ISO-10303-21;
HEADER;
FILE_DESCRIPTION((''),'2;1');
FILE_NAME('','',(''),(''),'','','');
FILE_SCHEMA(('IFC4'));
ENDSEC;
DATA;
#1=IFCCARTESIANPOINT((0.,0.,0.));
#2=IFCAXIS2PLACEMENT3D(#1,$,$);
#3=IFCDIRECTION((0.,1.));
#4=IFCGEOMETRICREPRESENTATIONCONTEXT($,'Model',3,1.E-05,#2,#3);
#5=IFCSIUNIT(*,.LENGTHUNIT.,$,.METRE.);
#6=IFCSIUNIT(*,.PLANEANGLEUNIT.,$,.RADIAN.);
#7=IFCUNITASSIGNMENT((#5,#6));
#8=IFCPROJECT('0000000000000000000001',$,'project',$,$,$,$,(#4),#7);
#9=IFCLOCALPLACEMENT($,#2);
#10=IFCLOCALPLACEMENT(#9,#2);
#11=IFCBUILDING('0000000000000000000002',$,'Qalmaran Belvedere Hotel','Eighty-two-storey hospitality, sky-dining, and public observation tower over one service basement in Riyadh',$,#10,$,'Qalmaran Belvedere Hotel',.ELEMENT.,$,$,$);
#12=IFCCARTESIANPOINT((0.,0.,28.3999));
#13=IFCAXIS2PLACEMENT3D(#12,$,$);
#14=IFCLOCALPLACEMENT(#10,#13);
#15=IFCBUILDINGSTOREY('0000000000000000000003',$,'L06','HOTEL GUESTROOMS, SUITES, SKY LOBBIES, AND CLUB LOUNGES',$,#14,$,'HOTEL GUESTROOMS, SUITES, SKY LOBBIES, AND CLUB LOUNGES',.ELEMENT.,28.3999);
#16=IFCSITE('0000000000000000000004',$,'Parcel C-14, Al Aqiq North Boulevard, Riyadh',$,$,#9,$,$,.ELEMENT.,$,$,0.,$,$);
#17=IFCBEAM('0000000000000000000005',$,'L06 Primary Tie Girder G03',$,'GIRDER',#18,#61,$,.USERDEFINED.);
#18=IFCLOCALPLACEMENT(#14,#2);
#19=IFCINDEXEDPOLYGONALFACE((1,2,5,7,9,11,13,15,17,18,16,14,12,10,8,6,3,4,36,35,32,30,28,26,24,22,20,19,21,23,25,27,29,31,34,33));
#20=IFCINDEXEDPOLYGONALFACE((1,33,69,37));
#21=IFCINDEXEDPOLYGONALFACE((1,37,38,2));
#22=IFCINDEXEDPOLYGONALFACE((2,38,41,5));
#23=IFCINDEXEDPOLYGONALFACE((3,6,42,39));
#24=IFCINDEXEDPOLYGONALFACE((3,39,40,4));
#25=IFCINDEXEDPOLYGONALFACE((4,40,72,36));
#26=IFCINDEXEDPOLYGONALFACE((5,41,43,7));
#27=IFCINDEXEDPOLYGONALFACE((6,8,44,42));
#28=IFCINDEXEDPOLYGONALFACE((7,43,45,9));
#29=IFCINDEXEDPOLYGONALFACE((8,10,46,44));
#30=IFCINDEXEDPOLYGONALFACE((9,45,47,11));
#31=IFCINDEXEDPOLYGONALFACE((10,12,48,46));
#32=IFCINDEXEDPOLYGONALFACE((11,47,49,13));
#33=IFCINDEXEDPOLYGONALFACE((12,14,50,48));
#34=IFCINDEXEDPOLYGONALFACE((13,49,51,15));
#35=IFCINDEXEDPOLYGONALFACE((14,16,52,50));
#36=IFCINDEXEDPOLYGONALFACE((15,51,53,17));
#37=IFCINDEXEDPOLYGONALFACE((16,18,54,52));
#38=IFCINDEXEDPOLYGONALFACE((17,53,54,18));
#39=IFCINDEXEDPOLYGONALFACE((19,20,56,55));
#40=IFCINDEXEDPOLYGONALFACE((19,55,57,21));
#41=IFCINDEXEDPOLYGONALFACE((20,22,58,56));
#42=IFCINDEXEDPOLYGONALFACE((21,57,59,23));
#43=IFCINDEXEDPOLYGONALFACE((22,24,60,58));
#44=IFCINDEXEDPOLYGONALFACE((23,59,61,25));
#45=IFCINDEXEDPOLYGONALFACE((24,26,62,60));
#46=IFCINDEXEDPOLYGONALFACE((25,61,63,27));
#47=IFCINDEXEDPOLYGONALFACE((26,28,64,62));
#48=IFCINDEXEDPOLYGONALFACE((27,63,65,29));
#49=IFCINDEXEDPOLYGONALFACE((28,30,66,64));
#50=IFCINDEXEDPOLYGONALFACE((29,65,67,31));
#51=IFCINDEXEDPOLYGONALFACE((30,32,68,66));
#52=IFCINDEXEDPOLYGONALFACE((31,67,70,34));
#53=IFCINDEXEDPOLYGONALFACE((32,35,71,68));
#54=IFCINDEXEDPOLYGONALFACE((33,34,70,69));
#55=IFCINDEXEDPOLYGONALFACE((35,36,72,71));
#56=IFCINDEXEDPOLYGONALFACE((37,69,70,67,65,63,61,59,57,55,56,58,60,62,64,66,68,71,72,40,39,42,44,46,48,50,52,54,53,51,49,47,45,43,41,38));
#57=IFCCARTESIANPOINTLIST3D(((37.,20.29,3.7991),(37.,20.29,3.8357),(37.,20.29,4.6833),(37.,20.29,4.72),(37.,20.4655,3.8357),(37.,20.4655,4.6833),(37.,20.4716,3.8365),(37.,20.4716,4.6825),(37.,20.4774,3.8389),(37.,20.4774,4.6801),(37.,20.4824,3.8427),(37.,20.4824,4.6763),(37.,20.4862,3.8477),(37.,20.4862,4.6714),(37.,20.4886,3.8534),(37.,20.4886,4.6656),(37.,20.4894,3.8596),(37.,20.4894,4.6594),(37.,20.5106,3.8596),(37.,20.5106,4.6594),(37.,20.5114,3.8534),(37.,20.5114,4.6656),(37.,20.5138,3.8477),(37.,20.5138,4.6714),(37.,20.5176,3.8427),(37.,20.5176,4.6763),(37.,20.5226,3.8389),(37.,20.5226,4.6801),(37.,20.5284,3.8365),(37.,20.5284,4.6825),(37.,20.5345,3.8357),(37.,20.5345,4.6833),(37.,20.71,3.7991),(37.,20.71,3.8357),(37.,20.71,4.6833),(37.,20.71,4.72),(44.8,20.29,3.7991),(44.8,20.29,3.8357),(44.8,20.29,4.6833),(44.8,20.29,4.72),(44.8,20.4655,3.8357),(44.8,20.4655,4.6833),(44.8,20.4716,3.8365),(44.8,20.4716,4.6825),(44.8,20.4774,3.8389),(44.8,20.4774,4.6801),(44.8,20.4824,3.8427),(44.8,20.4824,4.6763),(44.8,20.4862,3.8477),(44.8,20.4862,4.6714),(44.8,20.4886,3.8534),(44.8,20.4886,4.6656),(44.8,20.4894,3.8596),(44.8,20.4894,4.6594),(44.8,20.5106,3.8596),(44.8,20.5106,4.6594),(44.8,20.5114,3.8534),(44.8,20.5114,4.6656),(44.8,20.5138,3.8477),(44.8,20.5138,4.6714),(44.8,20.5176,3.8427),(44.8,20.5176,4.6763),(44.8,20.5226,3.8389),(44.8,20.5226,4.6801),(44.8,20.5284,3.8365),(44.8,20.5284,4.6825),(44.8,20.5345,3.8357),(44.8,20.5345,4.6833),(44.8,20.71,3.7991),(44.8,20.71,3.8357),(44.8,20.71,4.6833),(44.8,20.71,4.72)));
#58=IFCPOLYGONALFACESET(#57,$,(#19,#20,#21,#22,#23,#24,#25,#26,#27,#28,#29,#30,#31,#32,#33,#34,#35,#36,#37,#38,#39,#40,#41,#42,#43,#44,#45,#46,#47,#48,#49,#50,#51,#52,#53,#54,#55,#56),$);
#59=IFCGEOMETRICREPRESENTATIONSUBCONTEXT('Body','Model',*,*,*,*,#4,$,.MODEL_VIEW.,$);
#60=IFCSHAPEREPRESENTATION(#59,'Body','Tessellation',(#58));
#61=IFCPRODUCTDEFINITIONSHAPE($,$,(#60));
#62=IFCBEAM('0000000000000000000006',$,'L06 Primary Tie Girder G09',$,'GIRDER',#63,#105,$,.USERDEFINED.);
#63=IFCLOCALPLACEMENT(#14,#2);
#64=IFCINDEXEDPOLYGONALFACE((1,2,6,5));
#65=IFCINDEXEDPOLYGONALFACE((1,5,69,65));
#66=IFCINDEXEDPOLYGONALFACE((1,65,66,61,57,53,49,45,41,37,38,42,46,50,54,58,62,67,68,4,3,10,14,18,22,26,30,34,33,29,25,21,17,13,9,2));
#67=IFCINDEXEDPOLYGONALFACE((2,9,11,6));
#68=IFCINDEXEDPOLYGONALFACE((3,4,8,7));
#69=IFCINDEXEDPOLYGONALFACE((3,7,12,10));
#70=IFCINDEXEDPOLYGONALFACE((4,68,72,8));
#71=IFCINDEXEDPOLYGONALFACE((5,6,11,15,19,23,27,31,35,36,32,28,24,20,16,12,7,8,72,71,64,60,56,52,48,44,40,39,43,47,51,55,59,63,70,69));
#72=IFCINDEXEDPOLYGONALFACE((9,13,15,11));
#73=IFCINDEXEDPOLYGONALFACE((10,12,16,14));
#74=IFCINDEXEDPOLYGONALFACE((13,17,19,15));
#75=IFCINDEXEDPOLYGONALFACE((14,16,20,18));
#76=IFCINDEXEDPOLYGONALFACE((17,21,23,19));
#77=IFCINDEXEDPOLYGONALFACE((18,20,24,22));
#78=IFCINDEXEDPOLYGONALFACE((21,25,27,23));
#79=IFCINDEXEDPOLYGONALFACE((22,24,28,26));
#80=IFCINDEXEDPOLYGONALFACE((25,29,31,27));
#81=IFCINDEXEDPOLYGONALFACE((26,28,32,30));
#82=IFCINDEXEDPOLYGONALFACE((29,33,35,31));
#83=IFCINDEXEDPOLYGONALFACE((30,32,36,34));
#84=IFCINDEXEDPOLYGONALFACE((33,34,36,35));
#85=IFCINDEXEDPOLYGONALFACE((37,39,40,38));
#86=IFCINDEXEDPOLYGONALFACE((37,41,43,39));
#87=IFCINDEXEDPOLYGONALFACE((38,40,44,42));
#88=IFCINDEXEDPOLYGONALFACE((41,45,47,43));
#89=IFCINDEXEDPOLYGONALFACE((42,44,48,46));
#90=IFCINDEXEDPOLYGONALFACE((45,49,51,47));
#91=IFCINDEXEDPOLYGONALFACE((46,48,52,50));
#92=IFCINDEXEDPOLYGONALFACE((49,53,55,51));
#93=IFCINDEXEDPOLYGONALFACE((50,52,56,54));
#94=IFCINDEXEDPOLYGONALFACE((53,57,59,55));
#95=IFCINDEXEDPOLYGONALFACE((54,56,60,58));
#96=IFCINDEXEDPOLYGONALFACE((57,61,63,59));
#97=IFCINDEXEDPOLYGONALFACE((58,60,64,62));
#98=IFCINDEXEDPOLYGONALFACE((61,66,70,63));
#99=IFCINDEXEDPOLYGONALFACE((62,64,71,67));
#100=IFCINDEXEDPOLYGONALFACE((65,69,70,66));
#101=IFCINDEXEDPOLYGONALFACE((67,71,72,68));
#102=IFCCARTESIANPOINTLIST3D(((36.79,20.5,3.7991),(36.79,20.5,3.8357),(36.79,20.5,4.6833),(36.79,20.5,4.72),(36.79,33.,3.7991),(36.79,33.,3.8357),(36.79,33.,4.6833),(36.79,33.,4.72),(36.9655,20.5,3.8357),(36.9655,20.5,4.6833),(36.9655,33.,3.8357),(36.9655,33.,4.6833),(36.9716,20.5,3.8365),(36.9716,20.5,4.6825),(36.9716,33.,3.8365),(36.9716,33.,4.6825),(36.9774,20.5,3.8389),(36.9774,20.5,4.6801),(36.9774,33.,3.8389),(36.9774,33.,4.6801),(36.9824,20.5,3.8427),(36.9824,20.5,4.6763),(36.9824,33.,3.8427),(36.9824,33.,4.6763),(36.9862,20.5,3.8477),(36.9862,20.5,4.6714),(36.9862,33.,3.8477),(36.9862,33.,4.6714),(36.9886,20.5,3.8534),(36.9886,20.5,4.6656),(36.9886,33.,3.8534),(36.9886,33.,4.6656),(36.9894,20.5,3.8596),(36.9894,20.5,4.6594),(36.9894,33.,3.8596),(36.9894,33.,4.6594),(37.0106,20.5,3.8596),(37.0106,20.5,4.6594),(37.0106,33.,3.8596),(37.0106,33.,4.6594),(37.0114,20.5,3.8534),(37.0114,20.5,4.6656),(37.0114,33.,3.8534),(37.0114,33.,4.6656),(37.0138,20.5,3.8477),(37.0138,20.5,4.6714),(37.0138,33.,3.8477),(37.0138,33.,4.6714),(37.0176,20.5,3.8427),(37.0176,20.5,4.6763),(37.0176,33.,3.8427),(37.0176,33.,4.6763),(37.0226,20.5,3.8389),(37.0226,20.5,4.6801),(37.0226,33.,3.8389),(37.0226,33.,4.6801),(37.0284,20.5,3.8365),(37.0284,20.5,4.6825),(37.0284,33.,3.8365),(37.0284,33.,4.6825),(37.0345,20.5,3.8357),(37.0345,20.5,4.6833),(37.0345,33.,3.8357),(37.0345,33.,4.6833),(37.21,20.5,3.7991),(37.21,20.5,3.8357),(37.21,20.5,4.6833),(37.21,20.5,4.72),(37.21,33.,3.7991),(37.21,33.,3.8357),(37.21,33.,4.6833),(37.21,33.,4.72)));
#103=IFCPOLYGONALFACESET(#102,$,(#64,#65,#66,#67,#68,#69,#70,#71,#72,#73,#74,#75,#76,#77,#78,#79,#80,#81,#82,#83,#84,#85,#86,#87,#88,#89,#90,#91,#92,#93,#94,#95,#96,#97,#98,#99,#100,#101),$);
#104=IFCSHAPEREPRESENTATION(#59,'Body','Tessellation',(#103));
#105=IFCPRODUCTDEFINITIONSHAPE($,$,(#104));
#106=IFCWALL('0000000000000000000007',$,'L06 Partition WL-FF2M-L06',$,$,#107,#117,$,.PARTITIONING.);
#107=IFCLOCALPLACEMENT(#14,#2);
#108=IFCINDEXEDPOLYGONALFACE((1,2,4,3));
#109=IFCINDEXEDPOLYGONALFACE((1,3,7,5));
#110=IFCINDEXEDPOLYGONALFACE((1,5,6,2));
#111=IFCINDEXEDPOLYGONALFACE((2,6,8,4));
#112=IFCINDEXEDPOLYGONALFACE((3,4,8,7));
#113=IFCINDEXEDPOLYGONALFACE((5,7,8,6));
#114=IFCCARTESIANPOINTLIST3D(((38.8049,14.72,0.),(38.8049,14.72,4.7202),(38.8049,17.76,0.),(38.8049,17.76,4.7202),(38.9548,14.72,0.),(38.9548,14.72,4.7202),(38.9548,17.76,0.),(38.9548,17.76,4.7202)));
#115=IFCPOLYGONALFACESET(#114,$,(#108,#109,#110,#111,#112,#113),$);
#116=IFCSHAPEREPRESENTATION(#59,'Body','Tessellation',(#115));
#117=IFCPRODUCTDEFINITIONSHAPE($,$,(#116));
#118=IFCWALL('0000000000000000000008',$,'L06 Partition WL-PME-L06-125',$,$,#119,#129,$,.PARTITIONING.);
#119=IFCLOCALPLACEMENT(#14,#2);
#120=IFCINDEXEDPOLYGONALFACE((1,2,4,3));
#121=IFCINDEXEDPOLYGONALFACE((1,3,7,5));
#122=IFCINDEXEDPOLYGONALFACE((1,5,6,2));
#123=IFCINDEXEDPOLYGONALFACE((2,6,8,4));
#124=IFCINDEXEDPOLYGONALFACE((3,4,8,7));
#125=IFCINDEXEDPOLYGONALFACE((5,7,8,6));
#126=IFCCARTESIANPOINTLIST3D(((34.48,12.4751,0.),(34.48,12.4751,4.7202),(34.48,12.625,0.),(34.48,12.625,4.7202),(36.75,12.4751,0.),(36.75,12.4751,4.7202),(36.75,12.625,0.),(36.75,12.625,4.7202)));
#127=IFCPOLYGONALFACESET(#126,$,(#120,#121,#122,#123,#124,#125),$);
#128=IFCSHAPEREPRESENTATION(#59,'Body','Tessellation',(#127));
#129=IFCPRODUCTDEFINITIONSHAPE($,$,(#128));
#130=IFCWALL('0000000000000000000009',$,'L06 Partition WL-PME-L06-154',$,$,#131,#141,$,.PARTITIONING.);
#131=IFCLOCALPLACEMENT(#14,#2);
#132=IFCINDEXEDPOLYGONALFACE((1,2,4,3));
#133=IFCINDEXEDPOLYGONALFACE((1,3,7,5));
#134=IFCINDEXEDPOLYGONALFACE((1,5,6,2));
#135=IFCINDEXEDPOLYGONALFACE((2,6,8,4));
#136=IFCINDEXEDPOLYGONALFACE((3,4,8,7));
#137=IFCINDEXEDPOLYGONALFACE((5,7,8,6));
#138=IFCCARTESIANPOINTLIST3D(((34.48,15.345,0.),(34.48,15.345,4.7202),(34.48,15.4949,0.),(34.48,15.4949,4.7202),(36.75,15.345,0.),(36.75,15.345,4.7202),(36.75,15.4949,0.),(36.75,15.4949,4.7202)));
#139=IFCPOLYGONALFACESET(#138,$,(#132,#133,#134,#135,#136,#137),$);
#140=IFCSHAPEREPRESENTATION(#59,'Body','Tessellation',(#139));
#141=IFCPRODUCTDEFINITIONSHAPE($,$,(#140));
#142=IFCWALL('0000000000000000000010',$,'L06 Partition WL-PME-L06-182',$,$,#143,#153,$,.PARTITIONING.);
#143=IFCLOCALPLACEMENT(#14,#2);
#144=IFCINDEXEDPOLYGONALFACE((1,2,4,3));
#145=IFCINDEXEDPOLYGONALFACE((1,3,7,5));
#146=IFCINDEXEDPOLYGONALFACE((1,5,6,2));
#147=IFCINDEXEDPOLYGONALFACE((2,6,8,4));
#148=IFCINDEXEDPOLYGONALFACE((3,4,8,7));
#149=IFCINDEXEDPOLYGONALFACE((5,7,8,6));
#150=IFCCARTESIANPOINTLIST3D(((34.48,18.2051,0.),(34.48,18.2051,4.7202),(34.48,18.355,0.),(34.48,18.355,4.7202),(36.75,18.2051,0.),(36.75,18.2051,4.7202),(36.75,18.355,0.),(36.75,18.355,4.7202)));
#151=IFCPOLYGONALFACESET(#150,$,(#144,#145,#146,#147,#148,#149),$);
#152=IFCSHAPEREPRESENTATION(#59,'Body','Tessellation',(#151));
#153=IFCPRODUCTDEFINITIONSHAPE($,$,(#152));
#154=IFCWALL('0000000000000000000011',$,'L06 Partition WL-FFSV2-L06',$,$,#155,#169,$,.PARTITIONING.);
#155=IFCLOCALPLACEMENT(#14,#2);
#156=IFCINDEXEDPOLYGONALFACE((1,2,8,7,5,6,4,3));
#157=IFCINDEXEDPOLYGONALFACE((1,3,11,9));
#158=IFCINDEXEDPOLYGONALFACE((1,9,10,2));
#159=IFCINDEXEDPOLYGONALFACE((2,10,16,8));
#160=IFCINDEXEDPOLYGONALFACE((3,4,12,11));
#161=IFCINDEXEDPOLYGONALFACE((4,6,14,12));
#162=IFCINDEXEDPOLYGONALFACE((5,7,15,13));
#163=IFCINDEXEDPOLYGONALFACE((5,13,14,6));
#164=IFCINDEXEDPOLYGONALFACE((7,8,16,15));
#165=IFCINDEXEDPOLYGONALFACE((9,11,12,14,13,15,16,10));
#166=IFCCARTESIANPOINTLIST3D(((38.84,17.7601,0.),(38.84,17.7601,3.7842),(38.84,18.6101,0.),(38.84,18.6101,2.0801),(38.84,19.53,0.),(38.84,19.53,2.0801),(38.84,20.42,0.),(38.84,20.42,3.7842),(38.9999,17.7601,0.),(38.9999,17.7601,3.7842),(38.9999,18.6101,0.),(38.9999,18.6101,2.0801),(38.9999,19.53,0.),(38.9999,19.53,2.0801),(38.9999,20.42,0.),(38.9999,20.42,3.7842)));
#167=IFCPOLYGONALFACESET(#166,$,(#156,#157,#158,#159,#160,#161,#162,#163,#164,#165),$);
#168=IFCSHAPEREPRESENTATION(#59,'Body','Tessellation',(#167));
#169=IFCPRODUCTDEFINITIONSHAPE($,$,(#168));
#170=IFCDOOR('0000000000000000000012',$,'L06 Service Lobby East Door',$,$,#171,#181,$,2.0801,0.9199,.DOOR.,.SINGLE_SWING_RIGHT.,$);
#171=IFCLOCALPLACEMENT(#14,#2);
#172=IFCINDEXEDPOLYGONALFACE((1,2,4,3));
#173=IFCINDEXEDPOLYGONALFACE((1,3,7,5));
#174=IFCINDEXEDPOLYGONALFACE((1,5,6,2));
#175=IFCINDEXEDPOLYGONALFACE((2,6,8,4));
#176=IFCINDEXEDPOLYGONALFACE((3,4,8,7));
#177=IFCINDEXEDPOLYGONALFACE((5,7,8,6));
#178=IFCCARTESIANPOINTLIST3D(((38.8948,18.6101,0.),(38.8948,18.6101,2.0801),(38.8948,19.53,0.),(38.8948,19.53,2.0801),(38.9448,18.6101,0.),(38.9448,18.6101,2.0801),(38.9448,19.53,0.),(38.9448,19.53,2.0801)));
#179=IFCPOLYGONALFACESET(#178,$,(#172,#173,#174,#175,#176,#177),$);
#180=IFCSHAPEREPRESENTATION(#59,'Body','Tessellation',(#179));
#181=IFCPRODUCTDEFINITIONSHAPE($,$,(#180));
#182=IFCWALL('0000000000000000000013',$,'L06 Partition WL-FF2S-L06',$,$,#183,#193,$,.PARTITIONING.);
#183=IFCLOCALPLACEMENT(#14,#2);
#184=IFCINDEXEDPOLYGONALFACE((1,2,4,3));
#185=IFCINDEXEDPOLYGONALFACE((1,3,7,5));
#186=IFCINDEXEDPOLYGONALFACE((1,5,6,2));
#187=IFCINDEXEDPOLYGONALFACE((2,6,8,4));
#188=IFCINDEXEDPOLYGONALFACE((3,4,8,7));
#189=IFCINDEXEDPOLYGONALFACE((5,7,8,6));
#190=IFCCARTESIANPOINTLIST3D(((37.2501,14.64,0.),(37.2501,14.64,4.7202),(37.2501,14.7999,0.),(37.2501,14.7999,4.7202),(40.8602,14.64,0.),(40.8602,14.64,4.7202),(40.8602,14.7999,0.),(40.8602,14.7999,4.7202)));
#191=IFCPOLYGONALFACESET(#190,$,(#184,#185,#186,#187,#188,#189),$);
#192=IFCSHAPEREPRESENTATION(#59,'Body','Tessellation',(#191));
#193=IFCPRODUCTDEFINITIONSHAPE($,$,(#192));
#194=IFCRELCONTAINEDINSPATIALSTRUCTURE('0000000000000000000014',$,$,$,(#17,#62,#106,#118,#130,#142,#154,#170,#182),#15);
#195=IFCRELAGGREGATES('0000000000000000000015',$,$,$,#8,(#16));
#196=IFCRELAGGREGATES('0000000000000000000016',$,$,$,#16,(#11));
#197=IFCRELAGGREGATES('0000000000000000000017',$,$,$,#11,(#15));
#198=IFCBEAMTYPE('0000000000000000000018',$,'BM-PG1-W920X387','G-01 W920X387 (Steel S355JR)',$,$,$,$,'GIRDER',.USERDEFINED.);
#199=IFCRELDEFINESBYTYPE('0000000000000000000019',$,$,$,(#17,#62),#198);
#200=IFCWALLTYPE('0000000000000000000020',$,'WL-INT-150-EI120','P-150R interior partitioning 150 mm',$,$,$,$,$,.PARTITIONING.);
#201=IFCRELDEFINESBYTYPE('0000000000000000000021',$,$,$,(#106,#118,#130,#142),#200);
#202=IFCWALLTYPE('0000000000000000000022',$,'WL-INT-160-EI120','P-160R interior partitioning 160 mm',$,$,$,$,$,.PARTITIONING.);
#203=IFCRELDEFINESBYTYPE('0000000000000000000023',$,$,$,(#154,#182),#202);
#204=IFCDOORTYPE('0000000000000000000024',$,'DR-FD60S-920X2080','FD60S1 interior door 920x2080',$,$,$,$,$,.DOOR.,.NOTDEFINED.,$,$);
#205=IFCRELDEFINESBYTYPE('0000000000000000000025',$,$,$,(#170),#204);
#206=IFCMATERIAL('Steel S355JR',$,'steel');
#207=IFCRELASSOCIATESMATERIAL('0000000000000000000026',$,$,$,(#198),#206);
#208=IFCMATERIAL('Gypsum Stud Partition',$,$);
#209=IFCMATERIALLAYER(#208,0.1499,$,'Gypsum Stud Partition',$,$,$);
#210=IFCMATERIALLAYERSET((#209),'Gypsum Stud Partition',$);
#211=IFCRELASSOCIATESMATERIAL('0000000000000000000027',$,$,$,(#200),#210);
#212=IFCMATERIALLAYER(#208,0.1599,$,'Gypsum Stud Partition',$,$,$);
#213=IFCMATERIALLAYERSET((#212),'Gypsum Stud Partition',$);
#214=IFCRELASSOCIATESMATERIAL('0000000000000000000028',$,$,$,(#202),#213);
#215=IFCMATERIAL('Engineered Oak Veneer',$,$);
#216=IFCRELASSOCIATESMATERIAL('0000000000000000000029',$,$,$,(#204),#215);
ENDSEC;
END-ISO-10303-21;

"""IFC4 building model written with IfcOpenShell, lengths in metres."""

from ifc_helpers import new_model, si_unit, direction, frame, frame_2d, origin, origin_2d, place, context, subcontext, project, spatial, rectangle, i_section, extrude, material, layer, layer_set, material_profile, profile_set, type_object, element, fill, save


model = new_model("IFC4")

# Units and contexts
model_context = context("Model", 3, precision=1e-05, world=origin(), true_north=direction((0.0, 1.0)))
body_context = subcontext(model_context, "Body", "Model", "MODEL_VIEW")
ifc_project = project(units=[si_unit("LENGTHUNIT", "METRE"), si_unit("PLANEANGLEUNIT", "RADIAN")], contexts=[model_context])

# Site, building, storey
site_placement = place(None, origin())
site = spatial("IfcSite", under=ifc_project, at=site_placement, Name="Parcel C-14, Al Aqiq North Boulevard, Riyadh", CompositionType="ELEMENT", RefElevation=0.0)
building_placement = place(site_placement, origin())
building = spatial("IfcBuilding", under=site, at=building_placement, Name="Qalmaran Belvedere Hotel", Description="Eighty-two-storey hospitality, sky-dining, and public observation tower over one service basement in Riyadh", LongName="Qalmaran Belvedere Hotel", CompositionType="ELEMENT")
storey_placement = place(building_placement, frame((0.0, 0.0, 28.3999)))
storey = spatial("IfcBuildingStorey", under=building, at=storey_placement, Name="L06", Description="HOTEL GUESTROOMS, SUITES, SKY LOBBIES, AND CLUB LOUNGES", LongName="HOTEL GUESTROOMS, SUITES, SKY LOBBIES, AND CLUB LOUNGES", CompositionType="ELEMENT", Elevation=28.3999)

# Beams
ifc_material_1 = material(Name="Steel S355JR", Category="steel")
ifc_material_profile_1 = material_profile(ifc_material_1, i_section(OverallWidth=0.4199, OverallDepth=0.9209, WebThickness=0.0212, FlangeThickness=0.0366, FilletRadius=0.0239, at=origin_2d()), Name="W920X387")
ifc_profile_set_1 = profile_set([ifc_material_profile_1], Name="Steel S355JR")
beam_type_1 = type_object("IfcBeamType", Name="BM-PG1-W920X387", Description="G-01 W920X387 (Steel S355JR)", ElementType="GIRDER", PredefinedType="USERDEFINED", material=ifc_profile_set_1)
beam_1_placement = place(storey_placement, frame((37.0, 20.5, 4.2595), z_axis=(1.0, 0.0, 0.0), x_axis=(0.0, 1.0, 0.0)))
element("IfcBeam", 1, at=beam_1_placement, inside=storey, type_object=beam_type_1, Name="L06 Primary Tie Girder G03", ObjectType="GIRDER", PredefinedType="USERDEFINED", context=body_context, shape_type="SweptSolid", body=[
    extrude(i_section(OverallWidth=0.4199, OverallDepth=0.9209, WebThickness=0.0212, FlangeThickness=0.0366, FilletRadius=0.0239, at=origin_2d()), origin(), (0.0, 0.0, 1.0), 7.8),
])
beam_2_placement = place(storey_placement, frame((37.0, 20.5, 4.2595), z_axis=(0.0, 1.0, 0.0), x_axis=(-1.0, 0.0, 0.0)))
element("IfcBeam", 2, at=beam_2_placement, inside=storey, type_object=beam_type_1, Name="L06 Primary Tie Girder G09", ObjectType="GIRDER", PredefinedType="USERDEFINED", context=body_context, shape_type="SweptSolid", body=[
    extrude(i_section(OverallWidth=0.4199, OverallDepth=0.9209, WebThickness=0.0212, FlangeThickness=0.0366, FilletRadius=0.0239, at=origin_2d()), origin(), (0.0, 0.0, 1.0), 12.5),
])

# Walls
ifc_material_2 = material(Name="Gypsum Stud Partition")
ifc_layer_1 = layer(ifc_material_2, 0.1499, Name="Gypsum Stud Partition")
ifc_layer_set_1 = layer_set([ifc_layer_1], Name="Gypsum Stud Partition")
wall_type_1 = type_object("IfcWallType", Name="WL-INT-150-EI120", Description="P-150R interior partitioning 150 mm", PredefinedType="PARTITIONING", material=ifc_layer_set_1)
wall_1_placement = place(storey_placement, frame((38.8799, 14.72, 0.0), z_axis=(0.0, 0.0, 1.0), x_axis=(0.0, 1.0, 0.0)))
element("IfcWall", 3, at=wall_1_placement, inside=storey, type_object=wall_type_1, Name="L06 Partition WL-FF2M-L06", PredefinedType="PARTITIONING", context=body_context, shape_type="SweptSolid", body=[
    extrude(rectangle(XDim=3.04, YDim=0.1499, at=frame_2d((1.52, 0.0))), origin(), (0.0, 0.0, 1.0), 4.7202),
])
for number, where, z_axis, x_axis, name in (
    (4, (34.48, 12.55, 0.0), (0.0, 0.0, 1.0), (1.0, 0.0, 0.0), "L06 Partition WL-PME-L06-125"),
    (5, (34.48, 15.4199, 0.0), (0.0, 0.0, 1.0), (1.0, 0.0, 0.0), "L06 Partition WL-PME-L06-154"),
    (6, (34.48, 18.28, 0.0), (0.0, 0.0, 1.0), (1.0, 0.0, 0.0), "L06 Partition WL-PME-L06-182"),
):
    element("IfcWall", number, at=place(storey_placement, frame(where, z_axis=z_axis, x_axis=x_axis)), inside=storey, type_object=wall_type_1, Name=name, PredefinedType="PARTITIONING", context=body_context, shape_type="SweptSolid", body=[
        extrude(rectangle(XDim=2.27, YDim=0.1499, at=frame_2d((1.135, 0.0))), origin(), (0.0, 0.0, 1.0), 4.7202),
    ])

# Wall, opening, door
ifc_layer_2 = layer(ifc_material_2, 0.1599, Name="Gypsum Stud Partition")
ifc_layer_set_2 = layer_set([ifc_layer_2], Name="Gypsum Stud Partition")
wall_type_2 = type_object("IfcWallType", Name="WL-INT-160-EI120", Description="P-160R interior partitioning 160 mm", PredefinedType="PARTITIONING", material=ifc_layer_set_2)
wall_2_placement = place(storey_placement, frame((38.9199, 17.76, 0.0), z_axis=(0.0, 0.0, 1.0), x_axis=(0.0, 1.0, 0.0)))
wall_2 = element("IfcWall", 7, at=wall_2_placement, inside=storey, type_object=wall_type_2, Name="L06 Partition WL-FFSV2-L06", PredefinedType="PARTITIONING", context=body_context, shape_type="SweptSolid", body=[
    extrude(rectangle(XDim=2.6599, YDim=0.1599, at=frame_2d((1.3301, 0.0))), origin(), (0.0, 0.0, 1.0), 3.7842),
])
opening_1_placement = place(wall_2_placement, frame((1.77, 0.0, 0.0), z_axis=(0.0, 0.0, 1.0), x_axis=(-1.0, 0.0, 0.0)))
opening_1 = element("IfcOpeningElement", 8, at=opening_1_placement, cuts=wall_2, PredefinedType="OPENING", context=body_context, shape_type="SweptSolid", body=[
    extrude(rectangle(XDim=0.9199, YDim=2.0801, at=frame_2d((0.46, 1.04))), frame((0.0, 0.0898, 0.0), z_axis=(0.0, -1.0, 0.0), x_axis=(1.0, 0.0, 0.0)), (0.0, 0.0, 1.0), 0.1799),
])
ifc_material_3 = material(Name="Engineered Oak Veneer")
door_type_1 = type_object("IfcDoorType", Name="DR-FD60S-920X2080", Description="FD60S1 interior door 920x2080", OperationType="NOTDEFINED", PredefinedType="DOOR", material=ifc_material_3)
door_1_placement = place(opening_1_placement, origin())
door_1 = element("IfcDoor", 9, at=door_1_placement, inside=storey, type_object=door_type_1, Name="L06 Service Lobby East Door", OperationType="SINGLE_SWING_RIGHT", OverallHeight=2.0801, OverallWidth=0.9199, PredefinedType="DOOR", context=body_context, shape_type="SweptSolid", body=[
    extrude(rectangle(XDim=0.9199, YDim=2.0801, at=frame_2d((0.46, 1.04))), frame((0.0, 0.0249, 0.0), z_axis=(0.0, -1.0, 0.0), x_axis=(1.0, 0.0, 0.0)), (0.0, 0.0, 1.0), 0.05),
])
fill(opening_1, door_1)

# Wall
wall_3_placement = place(storey_placement, frame((37.25, 14.72, 0.0), z_axis=(0.0, 0.0, 1.0), x_axis=(1.0, 0.0, 0.0)))
element("IfcWall", 10, at=wall_3_placement, inside=storey, type_object=wall_type_2, Name="L06 Partition WL-FF2S-L06", PredefinedType="PARTITIONING", context=body_context, shape_type="SweptSolid", body=[
    extrude(rectangle(XDim=3.6101, YDim=0.1599, at=frame_2d((1.8052, 0.0))), origin(), (0.0, 0.0, 1.0), 4.7202),
])

save(model, "model.ifc")
